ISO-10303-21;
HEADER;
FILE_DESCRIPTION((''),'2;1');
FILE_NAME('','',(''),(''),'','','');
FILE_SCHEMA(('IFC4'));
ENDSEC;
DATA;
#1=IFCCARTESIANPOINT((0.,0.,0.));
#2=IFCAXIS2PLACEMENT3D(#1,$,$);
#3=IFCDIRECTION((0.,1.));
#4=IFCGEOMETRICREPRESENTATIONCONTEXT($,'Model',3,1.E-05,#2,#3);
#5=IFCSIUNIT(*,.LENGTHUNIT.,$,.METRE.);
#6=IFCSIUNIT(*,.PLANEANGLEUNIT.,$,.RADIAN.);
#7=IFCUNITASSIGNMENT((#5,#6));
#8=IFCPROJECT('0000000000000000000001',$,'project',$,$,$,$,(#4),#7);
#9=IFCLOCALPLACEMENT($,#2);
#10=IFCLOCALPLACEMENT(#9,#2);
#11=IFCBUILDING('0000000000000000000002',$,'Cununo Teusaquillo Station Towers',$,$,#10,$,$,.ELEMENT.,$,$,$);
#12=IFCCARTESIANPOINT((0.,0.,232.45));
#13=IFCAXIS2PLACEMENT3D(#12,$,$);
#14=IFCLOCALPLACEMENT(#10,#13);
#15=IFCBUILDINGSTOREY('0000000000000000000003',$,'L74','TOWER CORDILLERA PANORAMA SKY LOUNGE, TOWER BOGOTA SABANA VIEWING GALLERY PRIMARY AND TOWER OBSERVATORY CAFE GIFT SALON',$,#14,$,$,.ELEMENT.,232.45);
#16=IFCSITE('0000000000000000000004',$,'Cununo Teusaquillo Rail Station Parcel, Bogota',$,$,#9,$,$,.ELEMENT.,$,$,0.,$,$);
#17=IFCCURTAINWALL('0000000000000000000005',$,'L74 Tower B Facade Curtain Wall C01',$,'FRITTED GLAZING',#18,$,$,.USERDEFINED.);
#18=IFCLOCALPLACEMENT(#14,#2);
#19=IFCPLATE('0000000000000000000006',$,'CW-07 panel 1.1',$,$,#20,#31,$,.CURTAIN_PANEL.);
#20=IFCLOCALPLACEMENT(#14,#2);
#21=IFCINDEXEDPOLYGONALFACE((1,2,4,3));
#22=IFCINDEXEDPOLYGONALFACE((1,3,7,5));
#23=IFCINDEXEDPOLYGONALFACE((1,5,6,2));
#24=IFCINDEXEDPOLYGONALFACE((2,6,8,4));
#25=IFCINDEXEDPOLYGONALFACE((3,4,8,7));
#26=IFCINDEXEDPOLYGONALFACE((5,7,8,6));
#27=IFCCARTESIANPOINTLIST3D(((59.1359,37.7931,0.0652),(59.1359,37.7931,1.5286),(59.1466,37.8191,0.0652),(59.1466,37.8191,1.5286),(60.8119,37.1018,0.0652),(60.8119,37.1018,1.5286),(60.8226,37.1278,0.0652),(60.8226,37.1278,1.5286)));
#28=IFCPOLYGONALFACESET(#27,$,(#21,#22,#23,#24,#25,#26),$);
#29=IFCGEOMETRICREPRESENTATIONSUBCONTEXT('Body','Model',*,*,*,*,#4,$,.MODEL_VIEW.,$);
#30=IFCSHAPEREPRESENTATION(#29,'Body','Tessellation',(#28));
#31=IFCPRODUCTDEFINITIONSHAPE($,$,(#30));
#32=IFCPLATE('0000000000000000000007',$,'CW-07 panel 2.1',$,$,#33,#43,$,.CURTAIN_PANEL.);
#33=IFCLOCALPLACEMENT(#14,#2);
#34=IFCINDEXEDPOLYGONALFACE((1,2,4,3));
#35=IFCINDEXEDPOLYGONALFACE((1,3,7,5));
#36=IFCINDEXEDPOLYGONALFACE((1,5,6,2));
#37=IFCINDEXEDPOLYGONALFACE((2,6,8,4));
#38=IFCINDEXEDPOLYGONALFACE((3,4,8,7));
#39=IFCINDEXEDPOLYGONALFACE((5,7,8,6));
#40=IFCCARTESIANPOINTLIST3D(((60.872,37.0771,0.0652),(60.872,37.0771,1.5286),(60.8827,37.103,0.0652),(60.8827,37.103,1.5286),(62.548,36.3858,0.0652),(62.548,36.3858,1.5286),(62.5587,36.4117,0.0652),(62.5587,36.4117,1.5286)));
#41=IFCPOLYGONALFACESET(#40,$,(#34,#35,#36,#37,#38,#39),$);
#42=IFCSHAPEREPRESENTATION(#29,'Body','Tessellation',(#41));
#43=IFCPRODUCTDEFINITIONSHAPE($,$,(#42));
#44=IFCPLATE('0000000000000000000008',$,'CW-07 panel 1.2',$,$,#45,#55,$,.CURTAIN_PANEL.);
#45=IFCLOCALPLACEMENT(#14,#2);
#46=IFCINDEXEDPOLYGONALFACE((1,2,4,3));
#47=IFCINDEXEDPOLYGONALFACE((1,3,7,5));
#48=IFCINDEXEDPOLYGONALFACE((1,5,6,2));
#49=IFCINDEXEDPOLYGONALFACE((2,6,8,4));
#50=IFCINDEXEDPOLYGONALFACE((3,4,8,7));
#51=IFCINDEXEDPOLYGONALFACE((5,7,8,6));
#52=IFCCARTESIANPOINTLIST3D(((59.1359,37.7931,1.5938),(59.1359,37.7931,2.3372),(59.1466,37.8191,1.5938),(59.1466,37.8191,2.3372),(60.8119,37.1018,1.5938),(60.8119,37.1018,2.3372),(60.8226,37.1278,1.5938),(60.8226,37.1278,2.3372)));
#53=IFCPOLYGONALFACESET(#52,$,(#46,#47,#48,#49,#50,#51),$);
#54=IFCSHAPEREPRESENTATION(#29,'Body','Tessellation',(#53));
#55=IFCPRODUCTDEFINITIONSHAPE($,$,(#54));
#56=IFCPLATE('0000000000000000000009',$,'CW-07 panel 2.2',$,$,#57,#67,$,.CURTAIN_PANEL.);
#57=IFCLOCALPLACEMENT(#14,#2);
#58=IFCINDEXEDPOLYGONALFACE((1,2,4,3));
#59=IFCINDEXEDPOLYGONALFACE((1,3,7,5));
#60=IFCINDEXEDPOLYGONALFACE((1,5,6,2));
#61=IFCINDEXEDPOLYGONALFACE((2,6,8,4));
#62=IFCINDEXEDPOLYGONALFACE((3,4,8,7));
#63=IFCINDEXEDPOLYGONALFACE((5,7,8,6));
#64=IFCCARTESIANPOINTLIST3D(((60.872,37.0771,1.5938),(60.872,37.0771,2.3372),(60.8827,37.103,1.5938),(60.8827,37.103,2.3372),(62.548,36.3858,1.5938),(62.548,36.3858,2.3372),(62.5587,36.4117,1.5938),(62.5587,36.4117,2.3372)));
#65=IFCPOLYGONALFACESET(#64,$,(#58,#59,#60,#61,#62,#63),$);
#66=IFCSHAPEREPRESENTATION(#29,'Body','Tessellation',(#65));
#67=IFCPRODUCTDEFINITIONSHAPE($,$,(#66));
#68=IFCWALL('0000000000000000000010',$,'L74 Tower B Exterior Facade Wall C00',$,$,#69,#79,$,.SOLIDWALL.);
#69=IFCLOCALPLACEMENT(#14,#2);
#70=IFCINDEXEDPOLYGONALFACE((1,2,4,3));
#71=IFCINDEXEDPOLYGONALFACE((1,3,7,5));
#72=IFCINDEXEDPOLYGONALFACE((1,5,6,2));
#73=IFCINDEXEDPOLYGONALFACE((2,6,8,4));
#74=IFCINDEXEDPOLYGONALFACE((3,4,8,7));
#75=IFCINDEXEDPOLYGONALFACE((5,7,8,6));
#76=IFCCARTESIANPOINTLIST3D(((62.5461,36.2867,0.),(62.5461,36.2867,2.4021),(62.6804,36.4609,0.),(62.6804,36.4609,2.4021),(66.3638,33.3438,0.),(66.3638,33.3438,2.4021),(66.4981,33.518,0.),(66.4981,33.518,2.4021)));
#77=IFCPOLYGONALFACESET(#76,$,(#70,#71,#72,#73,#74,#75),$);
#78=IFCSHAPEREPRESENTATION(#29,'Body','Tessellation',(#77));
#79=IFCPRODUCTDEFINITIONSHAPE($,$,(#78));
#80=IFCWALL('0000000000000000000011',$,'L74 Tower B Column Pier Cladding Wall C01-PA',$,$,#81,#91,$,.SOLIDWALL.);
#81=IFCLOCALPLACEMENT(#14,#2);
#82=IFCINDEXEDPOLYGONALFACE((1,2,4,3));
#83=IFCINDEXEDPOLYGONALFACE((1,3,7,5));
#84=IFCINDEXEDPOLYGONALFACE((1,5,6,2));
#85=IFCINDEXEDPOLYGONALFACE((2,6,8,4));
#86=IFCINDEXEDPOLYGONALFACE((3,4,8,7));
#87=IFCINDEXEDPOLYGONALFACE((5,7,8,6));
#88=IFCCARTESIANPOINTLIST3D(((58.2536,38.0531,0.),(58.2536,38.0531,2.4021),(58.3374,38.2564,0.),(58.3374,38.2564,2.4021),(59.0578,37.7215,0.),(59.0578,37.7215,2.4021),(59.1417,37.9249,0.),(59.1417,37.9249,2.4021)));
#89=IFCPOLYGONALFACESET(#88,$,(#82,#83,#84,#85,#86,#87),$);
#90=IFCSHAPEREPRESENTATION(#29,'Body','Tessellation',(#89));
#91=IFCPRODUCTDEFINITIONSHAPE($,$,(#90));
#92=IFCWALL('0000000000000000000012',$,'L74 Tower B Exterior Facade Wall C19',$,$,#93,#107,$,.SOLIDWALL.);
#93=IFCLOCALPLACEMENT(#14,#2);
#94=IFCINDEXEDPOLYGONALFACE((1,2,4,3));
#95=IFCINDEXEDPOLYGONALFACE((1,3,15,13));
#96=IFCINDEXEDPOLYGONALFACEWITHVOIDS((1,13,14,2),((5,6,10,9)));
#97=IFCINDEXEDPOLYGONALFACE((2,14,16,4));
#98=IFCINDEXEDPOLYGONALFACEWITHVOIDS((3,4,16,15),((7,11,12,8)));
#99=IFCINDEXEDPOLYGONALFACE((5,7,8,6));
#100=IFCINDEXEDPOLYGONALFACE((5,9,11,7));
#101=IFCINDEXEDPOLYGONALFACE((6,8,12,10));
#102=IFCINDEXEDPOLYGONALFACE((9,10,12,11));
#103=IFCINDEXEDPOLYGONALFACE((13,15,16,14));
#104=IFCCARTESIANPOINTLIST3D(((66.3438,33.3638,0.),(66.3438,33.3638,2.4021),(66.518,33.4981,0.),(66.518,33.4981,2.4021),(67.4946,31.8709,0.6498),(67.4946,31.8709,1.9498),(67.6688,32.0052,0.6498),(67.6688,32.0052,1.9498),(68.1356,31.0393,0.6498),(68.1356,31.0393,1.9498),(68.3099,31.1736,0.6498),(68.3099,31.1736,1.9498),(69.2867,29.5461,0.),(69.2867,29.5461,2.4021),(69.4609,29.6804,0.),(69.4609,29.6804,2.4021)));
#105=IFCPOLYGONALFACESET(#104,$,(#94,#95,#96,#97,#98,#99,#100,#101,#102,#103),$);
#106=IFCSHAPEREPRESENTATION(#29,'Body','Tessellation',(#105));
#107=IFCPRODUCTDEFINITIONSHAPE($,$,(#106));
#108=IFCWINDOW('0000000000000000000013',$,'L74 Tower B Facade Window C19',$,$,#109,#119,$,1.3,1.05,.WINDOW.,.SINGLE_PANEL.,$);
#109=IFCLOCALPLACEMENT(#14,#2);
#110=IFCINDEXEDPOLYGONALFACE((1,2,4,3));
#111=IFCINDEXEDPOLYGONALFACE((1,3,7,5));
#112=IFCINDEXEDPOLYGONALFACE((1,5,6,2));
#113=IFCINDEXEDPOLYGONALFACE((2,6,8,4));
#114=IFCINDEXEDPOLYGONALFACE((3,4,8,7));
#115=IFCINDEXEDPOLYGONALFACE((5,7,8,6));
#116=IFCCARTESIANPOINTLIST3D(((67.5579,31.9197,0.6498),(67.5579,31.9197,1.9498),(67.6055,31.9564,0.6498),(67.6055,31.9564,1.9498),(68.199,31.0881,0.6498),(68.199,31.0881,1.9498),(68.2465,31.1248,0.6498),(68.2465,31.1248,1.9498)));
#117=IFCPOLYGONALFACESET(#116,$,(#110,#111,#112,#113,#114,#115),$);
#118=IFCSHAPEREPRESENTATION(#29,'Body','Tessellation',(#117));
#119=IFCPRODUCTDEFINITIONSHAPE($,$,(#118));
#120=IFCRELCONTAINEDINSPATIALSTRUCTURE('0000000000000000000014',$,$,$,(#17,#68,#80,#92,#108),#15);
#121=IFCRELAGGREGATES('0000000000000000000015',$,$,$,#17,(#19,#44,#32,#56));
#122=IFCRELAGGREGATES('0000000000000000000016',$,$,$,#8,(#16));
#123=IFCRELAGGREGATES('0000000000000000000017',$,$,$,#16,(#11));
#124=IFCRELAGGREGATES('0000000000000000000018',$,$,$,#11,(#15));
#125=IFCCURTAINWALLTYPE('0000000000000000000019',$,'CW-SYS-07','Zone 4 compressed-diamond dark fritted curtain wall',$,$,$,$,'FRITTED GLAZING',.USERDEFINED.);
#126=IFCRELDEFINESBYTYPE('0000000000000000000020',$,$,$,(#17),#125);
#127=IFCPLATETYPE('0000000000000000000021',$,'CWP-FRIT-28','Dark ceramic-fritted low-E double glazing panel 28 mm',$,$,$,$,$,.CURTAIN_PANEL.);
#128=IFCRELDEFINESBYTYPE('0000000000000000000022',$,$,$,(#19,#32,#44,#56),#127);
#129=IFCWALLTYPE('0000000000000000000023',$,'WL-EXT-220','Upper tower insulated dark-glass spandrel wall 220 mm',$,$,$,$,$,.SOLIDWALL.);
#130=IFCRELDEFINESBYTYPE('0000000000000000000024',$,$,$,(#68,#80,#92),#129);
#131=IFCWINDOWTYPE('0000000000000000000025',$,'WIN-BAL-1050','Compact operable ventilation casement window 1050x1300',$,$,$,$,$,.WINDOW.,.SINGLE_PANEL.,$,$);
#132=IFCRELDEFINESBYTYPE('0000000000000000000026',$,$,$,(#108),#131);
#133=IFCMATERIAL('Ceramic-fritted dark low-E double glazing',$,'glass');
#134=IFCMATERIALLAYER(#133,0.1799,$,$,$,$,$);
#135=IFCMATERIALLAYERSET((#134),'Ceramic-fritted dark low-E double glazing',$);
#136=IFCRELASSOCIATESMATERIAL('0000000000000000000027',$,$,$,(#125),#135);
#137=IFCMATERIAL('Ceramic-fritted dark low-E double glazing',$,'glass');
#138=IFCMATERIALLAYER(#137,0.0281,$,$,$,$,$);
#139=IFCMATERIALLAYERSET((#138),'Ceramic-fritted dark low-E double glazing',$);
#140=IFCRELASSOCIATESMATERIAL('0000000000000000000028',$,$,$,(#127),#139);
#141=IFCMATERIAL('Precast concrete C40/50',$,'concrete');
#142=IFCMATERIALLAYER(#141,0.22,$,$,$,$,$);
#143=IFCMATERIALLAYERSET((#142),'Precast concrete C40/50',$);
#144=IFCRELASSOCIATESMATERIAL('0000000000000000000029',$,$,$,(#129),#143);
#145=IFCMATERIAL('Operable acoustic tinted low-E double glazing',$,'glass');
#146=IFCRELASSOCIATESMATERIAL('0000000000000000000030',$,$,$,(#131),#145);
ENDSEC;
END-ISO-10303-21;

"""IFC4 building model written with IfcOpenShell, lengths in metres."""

from ifc_helpers import new_model, si_unit, direction, frame, frame_2d, origin, origin_2d, place, context, subcontext, project, spatial, rectangle, extrude, source, transform, mapped, material, layer, layer_set, type_object, element, fill, aggregate, save


model = new_model("IFC4")

# Units and contexts
model_context = context("Model", 3, precision=1e-05, world=origin(), true_north=direction((0.0, 1.0)))
body_context = subcontext(model_context, "Body", "Model", "MODEL_VIEW")
ifc_project = project(units=[si_unit("LENGTHUNIT", "METRE"), si_unit("PLANEANGLEUNIT", "RADIAN")], contexts=[model_context])

# Site, building, storey
site_placement = place(None, origin())
site = spatial("IfcSite", under=ifc_project, at=site_placement, Name="Cununo Teusaquillo Rail Station Parcel, Bogota", CompositionType="ELEMENT", RefElevation=0.0)
building_placement = place(site_placement, origin())
building = spatial("IfcBuilding", under=site, at=building_placement, Name="Cununo Teusaquillo Station Towers", CompositionType="ELEMENT")
storey_placement = place(building_placement, frame((0.0, 0.0, 232.45)))
storey = spatial("IfcBuildingStorey", under=building, at=storey_placement, Name="L74", Description="TOWER CORDILLERA PANORAMA SKY LOUNGE, TOWER BOGOTA SABANA VIEWING GALLERY PRIMARY AND TOWER OBSERVATORY CAFE GIFT SALON", CompositionType="ELEMENT", Elevation=232.45)

# Curtain wall
ifc_material_1 = material(Name="Ceramic-fritted dark low-E double glazing", Category="glass")
ifc_layer_1 = layer(ifc_material_1, 0.1799)
ifc_layer_set_1 = layer_set([ifc_layer_1], Name="Ceramic-fritted dark low-E double glazing")
curtain_wall_type = type_object("IfcCurtainWallType", Name="CW-SYS-07", Description="Zone 4 compressed-diamond dark fritted curtain wall", ElementType="FRITTED GLAZING", PredefinedType="USERDEFINED", material=ifc_layer_set_1)
curtain_wall_placement = place(storey_placement, origin())
curtain_wall = element("IfcCurtainWall", 1, at=curtain_wall_placement, inside=storey, type_object=curtain_wall_type, Name="L74 Tower B Facade Curtain Wall C01", ObjectType="FRITTED GLAZING", PredefinedType="USERDEFINED")

# Plates
ifc_material_2 = material(Name="Ceramic-fritted dark low-E double glazing", Category="glass")
ifc_layer_2 = layer(ifc_material_2, 0.0281)
ifc_layer_set_2 = layer_set([ifc_layer_2], Name="Ceramic-fritted dark low-E double glazing")
plate_type_1 = type_object("IfcPlateType", Name="CWP-FRIT-28", Description="Dark ceramic-fritted low-E double glazing panel 28 mm", PredefinedType="CURTAIN_PANEL", material=ifc_layer_set_2)
shared_shape_1 = source(origin(), body_context, "Body", "SweptSolid", [
    extrude(rectangle(XDim=1.813, YDim=0.0281, at=origin_2d()), origin(), (0.0, 0.0, 1.0), 1.4634),
])
plate_1_placement = place(storey_placement, frame((59.9792, 37.4604, 0.0652), z_axis=(0.0, 0.0, 1.0), x_axis=(0.924447, -0.381311, 0.0)))
plate_1 = element("IfcPlate", 2, at=plate_1_placement, type_object=plate_type_1, Name="CW-07 panel 1.1", PredefinedType="CURTAIN_PANEL", context=body_context, shape_type="MappedRepresentation", body=[
    mapped(shared_shape_1, transform((0.0, 0.0, 0.0), x_axis=(1.0, 0.0, 0.0), y_axis=(0.0, 1.0, 0.0), z_axis=(0.0, 0.0, 1.0), scale=1.0)),
])
plate_2_placement = place(storey_placement, frame((61.7153, 36.7444, 0.0652), z_axis=(0.0, 0.0, 1.0), x_axis=(0.924447, -0.381311, 0.0)))
plate_2 = element("IfcPlate", 3, at=plate_2_placement, type_object=plate_type_1, Name="CW-07 panel 2.1", PredefinedType="CURTAIN_PANEL", context=body_context, shape_type="MappedRepresentation", body=[
    mapped(shared_shape_1, transform((0.0, 0.0, 0.0), x_axis=(1.0, 0.0, 0.0), y_axis=(0.0, 1.0, 0.0), z_axis=(0.0, 0.0, 1.0), scale=1.0)),
])
shared_shape_2 = source(origin(), body_context, "Body", "SweptSolid", [
    extrude(rectangle(XDim=1.813, YDim=0.0281, at=origin_2d()), origin(), (0.0, 0.0, 1.0), 0.7434),
])
plate_3_placement = place(storey_placement, frame((59.9792, 37.4604, 1.5938), z_axis=(0.0, 0.0, 1.0), x_axis=(0.924447, -0.381311, 0.0)))
plate_3 = element("IfcPlate", 4, at=plate_3_placement, type_object=plate_type_1, Name="CW-07 panel 1.2", PredefinedType="CURTAIN_PANEL", context=body_context, shape_type="MappedRepresentation", body=[
    mapped(shared_shape_2, transform((0.0, 0.0, 0.0), x_axis=(1.0, 0.0, 0.0), y_axis=(0.0, 1.0, 0.0), z_axis=(0.0, 0.0, 1.0), scale=1.0)),
])
plate_4_placement = place(storey_placement, frame((61.7153, 36.7444, 1.5938), z_axis=(0.0, 0.0, 1.0), x_axis=(0.924447, -0.381311, 0.0)))
plate_4 = element("IfcPlate", 5, at=plate_4_placement, type_object=plate_type_1, Name="CW-07 panel 2.2", PredefinedType="CURTAIN_PANEL", context=body_context, shape_type="MappedRepresentation", body=[
    mapped(shared_shape_2, transform((0.0, 0.0, 0.0), x_axis=(1.0, 0.0, 0.0), y_axis=(0.0, 1.0, 0.0), z_axis=(0.0, 0.0, 1.0), scale=1.0)),
])
aggregate(curtain_wall, [plate_1, plate_3, plate_2, plate_4])

# Walls
ifc_material_3 = material(Name="Precast concrete C40/50", Category="concrete")
ifc_layer_3 = layer(ifc_material_3, 0.22)
ifc_layer_set_3 = layer_set([ifc_layer_3], Name="Precast concrete C40/50")
wall_type = type_object("IfcWallType", Name="WL-EXT-220", Description="Upper tower insulated dark-glass spandrel wall 220 mm", PredefinedType="SOLIDWALL", material=ifc_layer_set_3)
wall_1_placement = place(storey_placement, frame((62.6133, 36.3738, 0.0), z_axis=(0.0, 0.0, 1.0), x_axis=(0.791998, -0.610523, 0.0)))
element("IfcWall", 6, at=wall_1_placement, inside=storey, type_object=wall_type, Name="L74 Tower B Exterior Facade Wall C00", PredefinedType="SOLIDWALL", context=body_context, shape_type="SweptSolid", body=[
    extrude(rectangle(XDim=4.8203, YDim=0.22, at=frame_2d((2.4102, 0.0))), origin(), (0.0, 0.0, 1.0), 2.4021),
])
wall_2_placement = place(storey_placement, frame((58.2954, 38.1548, 0.0), z_axis=(0.0, 0.0, 1.0), x_axis=(0.924515, -0.381145, 0.0)))
element("IfcWall", 7, at=wall_2_placement, inside=storey, type_object=wall_type, Name="L74 Tower B Column Pier Cladding Wall C01-PA", PredefinedType="SOLIDWALL", context=body_context, shape_type="SweptSolid", body=[
    extrude(rectangle(XDim=0.8699, YDim=0.22, at=frame_2d((0.4351, 0.0))), origin(), (0.0, 0.0, 1.0), 2.4021),
])

# Wall, opening, window
wall_3_placement = place(storey_placement, frame((66.4309, 33.4309, 0.0), z_axis=(0.0, 0.0, 1.0), x_axis=(0.610523, -0.791998, 0.0)))
wall_3 = element("IfcWall", 8, at=wall_3_placement, inside=storey, type_object=wall_type, Name="L74 Tower B Exterior Facade Wall C19", PredefinedType="SOLIDWALL", context=body_context, shape_type="SweptSolid", body=[
    extrude(rectangle(XDim=4.8203, YDim=0.22, at=frame_2d((2.4102, 0.0))), origin(), (0.0, 0.0, 1.0), 2.4021),
])
shared_shape_3 = source(origin(), body_context, "Body", "SweptSolid", [
    extrude(rectangle(XDim=1.05, YDim=1.3, at=frame_2d((0.5249, 0.6499))), frame((0.0, 0.1199, 0.0), z_axis=(0.0, -1.0, 0.0), x_axis=(1.0, 0.0, 0.0)), (0.0, 0.0, 1.0), 0.24),
])
opening_placement = place(wall_3_placement, frame((1.885, 0.0, 0.6499)))
opening = element("IfcOpeningElement", 9, at=opening_placement, cuts=wall_3, PredefinedType="OPENING", context=body_context, shape_type="MappedRepresentation", body=[
    mapped(shared_shape_3, transform((0.0, 0.0, 0.0), x_axis=(1.0, 0.0, 0.0), y_axis=(0.0, 1.0, 0.0), z_axis=(0.0, 0.0, 1.0), scale=1.0)),
])
ifc_material_4 = material(Name="Operable acoustic tinted low-E double glazing", Category="glass")
window_type = type_object("IfcWindowType", Name="WIN-BAL-1050", Description="Compact operable ventilation casement window 1050x1300", PartitioningType="SINGLE_PANEL", PredefinedType="WINDOW", material=ifc_material_4)
shared_shape_4 = source(origin(), body_context, "Body", "SweptSolid", [
    extrude(rectangle(XDim=1.05, YDim=1.3, at=frame_2d((0.5249, 0.6499))), frame((0.0, 0.03, 0.0), z_axis=(0.0, -1.0, 0.0), x_axis=(1.0, 0.0, 0.0)), (0.0, 0.0, 1.0), 0.0601),
])
window_placement = place(opening_placement, origin())
window = element("IfcWindow", 10, at=window_placement, inside=storey, type_object=window_type, Name="L74 Tower B Facade Window C19", OverallHeight=1.3, OverallWidth=1.05, PartitioningType="SINGLE_PANEL", PredefinedType="WINDOW", context=body_context, shape_type="MappedRepresentation", body=[
    mapped(shared_shape_4, transform((0.0, 0.0, 0.0), x_axis=(1.0, 0.0, 0.0), y_axis=(0.0, 1.0, 0.0), z_axis=(0.0, 0.0, 1.0), scale=1.0)),
])
fill(opening, window)

save(model, "model.ifc")
